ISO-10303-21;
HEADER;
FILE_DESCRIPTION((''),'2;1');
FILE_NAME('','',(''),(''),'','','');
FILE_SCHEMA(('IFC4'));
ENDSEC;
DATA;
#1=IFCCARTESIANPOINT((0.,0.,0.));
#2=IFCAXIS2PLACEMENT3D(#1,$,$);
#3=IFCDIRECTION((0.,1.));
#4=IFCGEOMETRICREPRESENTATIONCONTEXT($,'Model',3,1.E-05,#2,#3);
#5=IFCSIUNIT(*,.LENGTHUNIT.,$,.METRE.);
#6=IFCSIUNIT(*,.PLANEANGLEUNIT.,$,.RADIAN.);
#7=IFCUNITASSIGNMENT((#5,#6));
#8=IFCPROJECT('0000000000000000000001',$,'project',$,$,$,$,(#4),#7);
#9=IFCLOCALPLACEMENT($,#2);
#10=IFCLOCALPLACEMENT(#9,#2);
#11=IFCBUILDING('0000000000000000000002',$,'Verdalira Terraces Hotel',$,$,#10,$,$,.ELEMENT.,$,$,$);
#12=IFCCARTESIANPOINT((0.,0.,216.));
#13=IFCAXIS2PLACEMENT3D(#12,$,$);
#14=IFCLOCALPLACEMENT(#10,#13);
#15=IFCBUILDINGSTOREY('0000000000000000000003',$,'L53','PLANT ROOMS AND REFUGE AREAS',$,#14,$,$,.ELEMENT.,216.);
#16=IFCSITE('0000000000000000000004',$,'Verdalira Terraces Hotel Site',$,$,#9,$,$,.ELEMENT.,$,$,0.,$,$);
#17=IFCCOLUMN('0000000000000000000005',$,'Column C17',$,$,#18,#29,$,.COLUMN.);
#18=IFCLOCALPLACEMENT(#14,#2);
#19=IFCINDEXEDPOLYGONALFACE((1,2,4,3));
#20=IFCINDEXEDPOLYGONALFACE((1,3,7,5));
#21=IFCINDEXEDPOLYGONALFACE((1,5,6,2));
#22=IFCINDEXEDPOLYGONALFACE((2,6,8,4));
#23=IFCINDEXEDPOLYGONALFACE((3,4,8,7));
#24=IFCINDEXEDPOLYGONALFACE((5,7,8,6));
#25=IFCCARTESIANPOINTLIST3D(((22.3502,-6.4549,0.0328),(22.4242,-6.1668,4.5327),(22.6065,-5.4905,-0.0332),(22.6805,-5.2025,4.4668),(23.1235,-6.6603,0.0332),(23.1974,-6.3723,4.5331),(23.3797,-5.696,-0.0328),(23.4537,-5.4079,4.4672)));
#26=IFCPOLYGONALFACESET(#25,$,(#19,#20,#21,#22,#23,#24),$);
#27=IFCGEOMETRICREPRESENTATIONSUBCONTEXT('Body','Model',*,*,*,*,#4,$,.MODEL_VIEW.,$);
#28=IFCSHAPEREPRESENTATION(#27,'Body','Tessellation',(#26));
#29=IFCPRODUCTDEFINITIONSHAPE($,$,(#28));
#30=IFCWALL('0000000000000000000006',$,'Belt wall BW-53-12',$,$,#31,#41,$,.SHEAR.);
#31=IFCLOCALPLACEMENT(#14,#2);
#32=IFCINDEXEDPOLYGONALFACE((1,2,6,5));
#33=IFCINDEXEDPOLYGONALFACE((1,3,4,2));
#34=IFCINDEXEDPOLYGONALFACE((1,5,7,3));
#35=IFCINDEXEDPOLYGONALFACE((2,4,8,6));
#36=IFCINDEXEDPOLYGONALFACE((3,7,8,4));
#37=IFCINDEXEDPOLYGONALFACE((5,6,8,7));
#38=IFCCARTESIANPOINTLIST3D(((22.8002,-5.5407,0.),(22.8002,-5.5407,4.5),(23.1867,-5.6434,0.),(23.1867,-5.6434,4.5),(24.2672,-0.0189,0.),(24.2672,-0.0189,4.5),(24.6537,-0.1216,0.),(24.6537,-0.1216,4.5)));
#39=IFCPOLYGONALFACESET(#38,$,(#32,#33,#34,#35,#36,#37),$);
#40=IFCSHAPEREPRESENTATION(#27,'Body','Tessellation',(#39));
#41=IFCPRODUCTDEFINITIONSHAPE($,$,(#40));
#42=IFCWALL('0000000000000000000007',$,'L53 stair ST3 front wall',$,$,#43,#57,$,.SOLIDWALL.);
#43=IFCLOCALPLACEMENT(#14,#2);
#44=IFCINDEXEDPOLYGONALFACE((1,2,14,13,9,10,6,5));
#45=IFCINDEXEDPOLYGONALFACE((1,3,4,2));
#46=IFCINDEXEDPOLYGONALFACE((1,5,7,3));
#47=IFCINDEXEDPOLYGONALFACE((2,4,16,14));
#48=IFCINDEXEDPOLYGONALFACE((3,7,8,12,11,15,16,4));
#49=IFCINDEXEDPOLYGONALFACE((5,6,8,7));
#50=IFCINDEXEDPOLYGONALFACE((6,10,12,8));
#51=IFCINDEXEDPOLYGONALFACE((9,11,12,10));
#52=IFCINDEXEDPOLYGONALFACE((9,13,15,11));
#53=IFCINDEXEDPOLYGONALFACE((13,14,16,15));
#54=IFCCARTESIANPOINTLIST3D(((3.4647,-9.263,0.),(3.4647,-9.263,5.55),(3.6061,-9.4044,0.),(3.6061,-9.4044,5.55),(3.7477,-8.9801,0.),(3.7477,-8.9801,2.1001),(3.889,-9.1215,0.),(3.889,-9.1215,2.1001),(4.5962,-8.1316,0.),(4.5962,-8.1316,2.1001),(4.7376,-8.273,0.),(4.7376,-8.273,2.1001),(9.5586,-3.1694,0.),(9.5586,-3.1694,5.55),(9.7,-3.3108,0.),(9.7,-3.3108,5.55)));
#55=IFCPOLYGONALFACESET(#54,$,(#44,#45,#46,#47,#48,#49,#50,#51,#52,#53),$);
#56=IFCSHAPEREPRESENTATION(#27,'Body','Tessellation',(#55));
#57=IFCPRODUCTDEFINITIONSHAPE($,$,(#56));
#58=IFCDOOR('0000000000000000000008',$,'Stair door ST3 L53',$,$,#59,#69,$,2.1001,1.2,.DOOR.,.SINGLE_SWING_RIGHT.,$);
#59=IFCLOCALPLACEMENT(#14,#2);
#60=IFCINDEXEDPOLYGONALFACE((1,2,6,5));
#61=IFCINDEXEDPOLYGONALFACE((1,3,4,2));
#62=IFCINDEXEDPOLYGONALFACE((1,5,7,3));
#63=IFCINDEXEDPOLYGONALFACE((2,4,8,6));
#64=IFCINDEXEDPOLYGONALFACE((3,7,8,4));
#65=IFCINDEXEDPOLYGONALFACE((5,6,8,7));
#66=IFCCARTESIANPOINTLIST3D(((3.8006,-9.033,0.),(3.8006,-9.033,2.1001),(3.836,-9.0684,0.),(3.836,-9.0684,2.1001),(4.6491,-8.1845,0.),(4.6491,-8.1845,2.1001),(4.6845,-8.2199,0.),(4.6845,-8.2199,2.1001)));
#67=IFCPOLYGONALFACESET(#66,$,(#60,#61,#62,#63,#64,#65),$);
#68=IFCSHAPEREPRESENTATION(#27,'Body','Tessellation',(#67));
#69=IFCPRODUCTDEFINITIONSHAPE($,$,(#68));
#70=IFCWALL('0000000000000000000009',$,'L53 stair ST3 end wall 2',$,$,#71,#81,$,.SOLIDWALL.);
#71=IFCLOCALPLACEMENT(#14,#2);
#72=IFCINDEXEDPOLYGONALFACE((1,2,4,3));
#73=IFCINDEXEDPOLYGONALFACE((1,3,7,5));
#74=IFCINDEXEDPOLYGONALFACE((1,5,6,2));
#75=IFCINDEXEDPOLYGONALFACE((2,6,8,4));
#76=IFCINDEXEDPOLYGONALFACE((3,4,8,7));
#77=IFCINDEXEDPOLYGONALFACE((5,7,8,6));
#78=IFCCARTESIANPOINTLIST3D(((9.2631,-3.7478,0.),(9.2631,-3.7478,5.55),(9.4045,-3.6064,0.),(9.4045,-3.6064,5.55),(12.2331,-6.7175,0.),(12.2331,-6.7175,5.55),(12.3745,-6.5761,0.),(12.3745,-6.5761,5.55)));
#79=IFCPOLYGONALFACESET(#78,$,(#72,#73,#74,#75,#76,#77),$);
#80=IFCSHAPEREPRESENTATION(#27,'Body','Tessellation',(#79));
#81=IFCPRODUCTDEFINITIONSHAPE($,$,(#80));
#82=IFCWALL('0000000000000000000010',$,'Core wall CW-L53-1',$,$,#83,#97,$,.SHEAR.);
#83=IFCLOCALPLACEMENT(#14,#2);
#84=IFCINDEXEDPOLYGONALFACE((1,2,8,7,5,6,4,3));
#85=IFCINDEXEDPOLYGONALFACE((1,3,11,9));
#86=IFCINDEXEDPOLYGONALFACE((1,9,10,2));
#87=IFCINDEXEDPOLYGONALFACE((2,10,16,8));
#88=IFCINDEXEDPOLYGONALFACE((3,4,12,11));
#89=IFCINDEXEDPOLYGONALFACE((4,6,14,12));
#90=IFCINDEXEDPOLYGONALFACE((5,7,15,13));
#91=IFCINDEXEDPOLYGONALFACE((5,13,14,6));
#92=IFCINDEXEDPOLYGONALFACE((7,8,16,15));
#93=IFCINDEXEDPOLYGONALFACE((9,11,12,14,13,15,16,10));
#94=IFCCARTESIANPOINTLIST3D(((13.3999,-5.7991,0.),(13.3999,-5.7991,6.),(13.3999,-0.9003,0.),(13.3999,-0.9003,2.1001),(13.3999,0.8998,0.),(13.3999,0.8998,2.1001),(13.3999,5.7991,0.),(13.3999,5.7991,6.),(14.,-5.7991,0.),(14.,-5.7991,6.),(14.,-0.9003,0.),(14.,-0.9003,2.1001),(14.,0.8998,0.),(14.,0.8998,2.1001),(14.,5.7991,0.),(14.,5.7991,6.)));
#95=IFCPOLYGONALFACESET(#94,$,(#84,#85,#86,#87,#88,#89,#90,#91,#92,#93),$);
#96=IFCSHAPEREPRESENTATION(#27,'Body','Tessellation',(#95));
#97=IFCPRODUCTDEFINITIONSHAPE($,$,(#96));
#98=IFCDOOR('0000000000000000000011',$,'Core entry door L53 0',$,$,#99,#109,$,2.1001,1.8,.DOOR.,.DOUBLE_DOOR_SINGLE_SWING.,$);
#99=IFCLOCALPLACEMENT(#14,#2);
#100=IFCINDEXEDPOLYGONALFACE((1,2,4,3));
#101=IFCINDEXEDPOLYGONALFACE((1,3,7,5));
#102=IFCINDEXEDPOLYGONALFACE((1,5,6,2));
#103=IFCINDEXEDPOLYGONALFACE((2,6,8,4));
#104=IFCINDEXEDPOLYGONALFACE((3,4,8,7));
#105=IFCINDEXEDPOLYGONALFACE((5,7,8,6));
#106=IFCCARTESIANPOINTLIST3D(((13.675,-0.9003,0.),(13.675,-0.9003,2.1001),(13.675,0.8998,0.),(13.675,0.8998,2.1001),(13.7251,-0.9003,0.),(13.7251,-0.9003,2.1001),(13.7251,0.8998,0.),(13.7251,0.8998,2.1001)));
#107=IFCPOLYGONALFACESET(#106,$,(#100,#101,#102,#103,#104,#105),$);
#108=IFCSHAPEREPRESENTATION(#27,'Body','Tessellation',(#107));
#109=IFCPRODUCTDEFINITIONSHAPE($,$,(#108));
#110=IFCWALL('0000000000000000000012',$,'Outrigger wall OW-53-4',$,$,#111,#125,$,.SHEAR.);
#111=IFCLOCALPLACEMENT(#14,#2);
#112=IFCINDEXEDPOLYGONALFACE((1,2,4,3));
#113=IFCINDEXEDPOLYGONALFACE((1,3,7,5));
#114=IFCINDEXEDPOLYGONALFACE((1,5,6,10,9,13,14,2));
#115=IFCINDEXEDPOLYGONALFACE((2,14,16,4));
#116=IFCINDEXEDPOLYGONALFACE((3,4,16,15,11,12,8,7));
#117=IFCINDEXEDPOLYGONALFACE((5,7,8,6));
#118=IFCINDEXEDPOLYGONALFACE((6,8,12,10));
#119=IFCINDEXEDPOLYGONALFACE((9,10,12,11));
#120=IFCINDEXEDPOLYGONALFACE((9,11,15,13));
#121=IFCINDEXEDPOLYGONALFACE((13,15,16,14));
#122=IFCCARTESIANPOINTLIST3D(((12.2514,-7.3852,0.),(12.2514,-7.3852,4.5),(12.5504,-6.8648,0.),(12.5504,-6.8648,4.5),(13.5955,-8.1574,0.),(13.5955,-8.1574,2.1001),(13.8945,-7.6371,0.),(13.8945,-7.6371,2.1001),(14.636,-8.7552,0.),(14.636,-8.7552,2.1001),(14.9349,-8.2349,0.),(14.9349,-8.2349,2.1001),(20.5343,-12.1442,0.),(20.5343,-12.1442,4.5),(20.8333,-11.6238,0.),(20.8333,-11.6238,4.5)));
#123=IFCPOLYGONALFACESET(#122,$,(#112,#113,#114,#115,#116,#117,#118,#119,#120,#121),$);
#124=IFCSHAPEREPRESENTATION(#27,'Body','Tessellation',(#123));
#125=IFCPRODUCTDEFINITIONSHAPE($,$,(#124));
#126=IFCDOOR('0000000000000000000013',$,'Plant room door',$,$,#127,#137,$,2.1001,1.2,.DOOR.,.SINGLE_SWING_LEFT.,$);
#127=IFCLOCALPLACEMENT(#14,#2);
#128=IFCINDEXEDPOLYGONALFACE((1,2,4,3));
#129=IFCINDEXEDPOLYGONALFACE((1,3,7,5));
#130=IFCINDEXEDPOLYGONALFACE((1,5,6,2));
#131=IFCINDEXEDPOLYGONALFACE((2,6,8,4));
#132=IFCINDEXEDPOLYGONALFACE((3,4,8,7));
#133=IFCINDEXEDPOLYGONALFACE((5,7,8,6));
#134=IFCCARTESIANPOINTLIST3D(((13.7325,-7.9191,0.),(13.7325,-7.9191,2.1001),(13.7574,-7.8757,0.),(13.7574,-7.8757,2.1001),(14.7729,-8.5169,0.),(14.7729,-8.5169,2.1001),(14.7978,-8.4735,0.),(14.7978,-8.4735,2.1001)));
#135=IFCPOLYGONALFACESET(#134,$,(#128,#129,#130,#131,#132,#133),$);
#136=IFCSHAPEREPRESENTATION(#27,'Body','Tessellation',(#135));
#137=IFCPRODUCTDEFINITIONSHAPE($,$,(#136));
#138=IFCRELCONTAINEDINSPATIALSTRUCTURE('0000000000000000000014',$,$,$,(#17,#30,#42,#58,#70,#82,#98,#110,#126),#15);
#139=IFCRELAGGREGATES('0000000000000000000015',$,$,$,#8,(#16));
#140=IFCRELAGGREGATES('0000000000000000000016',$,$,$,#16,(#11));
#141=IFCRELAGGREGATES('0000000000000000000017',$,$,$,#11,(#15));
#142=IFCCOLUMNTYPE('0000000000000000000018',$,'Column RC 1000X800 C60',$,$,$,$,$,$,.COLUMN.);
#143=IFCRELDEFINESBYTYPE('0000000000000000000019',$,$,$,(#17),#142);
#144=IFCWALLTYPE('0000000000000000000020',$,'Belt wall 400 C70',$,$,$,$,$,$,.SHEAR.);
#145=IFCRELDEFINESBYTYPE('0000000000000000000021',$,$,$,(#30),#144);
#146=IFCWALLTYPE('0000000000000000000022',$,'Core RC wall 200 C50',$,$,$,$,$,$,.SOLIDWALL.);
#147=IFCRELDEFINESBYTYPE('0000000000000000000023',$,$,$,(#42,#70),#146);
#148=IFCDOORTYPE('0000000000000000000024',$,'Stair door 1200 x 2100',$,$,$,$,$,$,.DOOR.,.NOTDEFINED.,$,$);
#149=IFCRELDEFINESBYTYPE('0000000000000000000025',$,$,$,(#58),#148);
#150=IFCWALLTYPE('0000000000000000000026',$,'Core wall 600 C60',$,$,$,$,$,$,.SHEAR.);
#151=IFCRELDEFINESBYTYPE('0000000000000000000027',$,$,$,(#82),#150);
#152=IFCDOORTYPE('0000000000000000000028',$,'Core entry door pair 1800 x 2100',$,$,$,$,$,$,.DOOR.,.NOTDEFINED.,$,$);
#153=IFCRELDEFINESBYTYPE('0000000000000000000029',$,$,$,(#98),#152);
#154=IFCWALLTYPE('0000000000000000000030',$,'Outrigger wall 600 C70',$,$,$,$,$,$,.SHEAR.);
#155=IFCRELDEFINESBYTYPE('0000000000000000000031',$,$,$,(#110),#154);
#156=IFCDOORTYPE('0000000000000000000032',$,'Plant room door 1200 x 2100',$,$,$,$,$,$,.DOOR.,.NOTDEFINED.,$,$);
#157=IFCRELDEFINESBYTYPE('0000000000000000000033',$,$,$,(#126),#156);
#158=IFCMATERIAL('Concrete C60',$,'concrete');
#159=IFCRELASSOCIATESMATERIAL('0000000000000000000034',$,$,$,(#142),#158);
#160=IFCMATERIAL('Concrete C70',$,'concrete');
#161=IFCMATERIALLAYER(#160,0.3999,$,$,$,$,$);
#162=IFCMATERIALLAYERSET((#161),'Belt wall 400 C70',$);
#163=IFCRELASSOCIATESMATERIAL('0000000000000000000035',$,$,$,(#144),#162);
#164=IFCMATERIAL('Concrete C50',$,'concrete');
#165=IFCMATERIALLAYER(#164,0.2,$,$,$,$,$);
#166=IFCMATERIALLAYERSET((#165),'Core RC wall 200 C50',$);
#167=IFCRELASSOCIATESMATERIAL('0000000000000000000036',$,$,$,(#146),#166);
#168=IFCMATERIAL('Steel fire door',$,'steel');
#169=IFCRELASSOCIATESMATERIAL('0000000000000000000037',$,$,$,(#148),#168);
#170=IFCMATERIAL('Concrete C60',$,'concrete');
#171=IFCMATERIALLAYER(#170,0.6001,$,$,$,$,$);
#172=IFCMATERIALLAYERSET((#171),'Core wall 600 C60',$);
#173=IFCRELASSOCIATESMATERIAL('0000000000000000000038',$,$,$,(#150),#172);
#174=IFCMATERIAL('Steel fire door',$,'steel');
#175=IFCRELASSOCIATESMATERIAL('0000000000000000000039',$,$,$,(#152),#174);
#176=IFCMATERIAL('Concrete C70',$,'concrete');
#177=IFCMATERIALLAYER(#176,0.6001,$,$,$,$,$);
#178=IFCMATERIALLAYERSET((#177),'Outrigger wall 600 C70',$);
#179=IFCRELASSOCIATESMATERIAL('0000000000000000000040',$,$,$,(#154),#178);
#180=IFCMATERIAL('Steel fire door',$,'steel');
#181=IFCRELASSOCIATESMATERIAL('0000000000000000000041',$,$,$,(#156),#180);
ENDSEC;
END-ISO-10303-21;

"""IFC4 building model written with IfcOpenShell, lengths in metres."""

from ifc_helpers import new_model, si_unit, direction, frame, frame_2d, origin, origin_2d, place, context, subcontext, project, spatial, rectangle, extrude, material, layer, layer_set, material_profile, profile_set, type_object, element, fill, save


model = new_model("IFC4")

# Units and contexts
model_context = context("Model", 3, precision=1e-05, world=origin(), true_north=direction((0.0, 1.0)))
body_context = subcontext(model_context, "Body", "Model", "MODEL_VIEW")
ifc_project = project(units=[si_unit("LENGTHUNIT", "METRE"), si_unit("PLANEANGLEUNIT", "RADIAN")], contexts=[model_context])

# Site, building, storey
site_placement = place(None, origin())
site = spatial("IfcSite", under=ifc_project, at=site_placement, Name="Verdalira Terraces Hotel Site", CompositionType="ELEMENT", RefElevation=0.0)
building_placement = place(site_placement, origin())
building = spatial("IfcBuilding", under=site, at=building_placement, Name="Verdalira Terraces Hotel", CompositionType="ELEMENT")
storey_placement = place(building_placement, frame((0.0, 0.0, 216.0)))
storey = spatial("IfcBuildingStorey", under=building, at=storey_placement, Name="L53", Description="PLANT ROOMS AND REFUGE AREAS", CompositionType="ELEMENT", Elevation=216.0)

# Column
ifc_material_1 = material(Name="Concrete C60", Category="concrete")
ifc_material_profile_1 = material_profile(ifc_material_1, rectangle(XDim=1.0, YDim=0.8, at=origin_2d()), Name="RC 1000X800")
ifc_profile_set_1 = profile_set([ifc_material_profile_1], Name="Concrete C60")
column_type = type_object("IfcColumnType", Name="Column RC 1000X800 C60", PredefinedType="COLUMN", material=ifc_profile_set_1)
column_placement = place(storey_placement, frame((22.865, -6.0754, 0.0), z_axis=(0.016403, 0.06388, 0.997823), x_axis=(0.256292, 0.964347, -0.06595)))
element("IfcColumn", 1, at=column_placement, inside=storey, type_object=column_type, Name="Column C17", PredefinedType="COLUMN", context=body_context, shape_type="SweptSolid", body=[
    extrude(rectangle(XDim=1.0, YDim=0.8, at=origin_2d()), origin(), (0.0, 0.0, 1.0), 4.5098),
])

# Wall
ifc_material_2 = material(Name="Concrete C70", Category="concrete")
ifc_layer_1 = layer(ifc_material_2, 0.3999)
ifc_layer_set_1 = layer_set([ifc_layer_1], Name="Belt wall 400 C70")
wall_type_1 = type_object("IfcWallType", Name="Belt wall 400 C70", PredefinedType="SHEAR", material=ifc_layer_set_1)
wall_1_placement = place(storey_placement, frame((22.9934, -5.592, 0.0), z_axis=(0.0, 0.0, 1.0), x_axis=(0.256777, 0.966471, 0.0)))
element("IfcWall", 2, at=wall_1_placement, inside=storey, type_object=wall_type_1, Name="Belt wall BW-53-12", PredefinedType="SHEAR", context=body_context, shape_type="SweptSolid", body=[
    extrude(rectangle(XDim=5.7134, YDim=0.3999, at=frame_2d((2.8567, 0.0))), origin(), (0.0, 0.0, 1.0), 4.5),
])

# Wall, opening, door
ifc_material_3 = material(Name="Concrete C50", Category="concrete")
ifc_layer_2 = layer(ifc_material_3, 0.2)
ifc_layer_set_2 = layer_set([ifc_layer_2], Name="Core RC wall 200 C50")
wall_type_2 = type_object("IfcWallType", Name="Core RC wall 200 C50", PredefinedType="SOLIDWALL", material=ifc_layer_set_2)
wall_2_placement = place(storey_placement, frame((9.6294, -3.24, 0.0), z_axis=(0.0, 0.0, 1.0), x_axis=(-0.707121, -0.707093, 0.0)))
wall_2 = element("IfcWall", 3, at=wall_2_placement, inside=storey, type_object=wall_type_2, Name="L53 stair ST3 front wall", PredefinedType="SOLIDWALL", context=body_context, shape_type="SweptSolid", body=[
    extrude(rectangle(XDim=8.6179, YDim=0.2, at=frame_2d((4.3091, 0.0))), origin(), (0.0, 0.0, 1.0), 5.55),
])
opening_1_placement = place(wall_2_placement, frame((7.0178, 0.0, 0.0)))
opening_1 = element("IfcOpeningElement", 4, at=opening_1_placement, cuts=wall_2, PredefinedType="OPENING", context=body_context, shape_type="SweptSolid", body=[
    extrude(rectangle(XDim=1.2, YDim=2.1001, at=frame_2d((0.6001, 1.05))), frame((0.0, 0.1099, 0.0), z_axis=(0.0, -1.0, 0.0), x_axis=(1.0, 0.0, 0.0)), (0.0, 0.0, 1.0), 0.22),
])
ifc_material_4 = material(Name="Steel fire door", Category="steel")
door_type_1 = type_object("IfcDoorType", Name="Stair door 1200 x 2100", OperationType="NOTDEFINED", PredefinedType="DOOR", material=ifc_material_4)
door_1_placement = place(opening_1_placement, origin())
door_1 = element("IfcDoor", 5, at=door_1_placement, inside=storey, type_object=door_type_1, Name="Stair door ST3 L53", OperationType="SINGLE_SWING_RIGHT", OverallHeight=2.1001, OverallWidth=1.2, PredefinedType="DOOR", context=body_context, shape_type="SweptSolid", body=[
    extrude(rectangle(XDim=1.2, YDim=2.1001, at=frame_2d((0.6001, 1.05))), frame((0.0, 0.0249, 0.0), z_axis=(0.0, -1.0, 0.0), x_axis=(1.0, 0.0, 0.0)), (0.0, 0.0, 1.0), 0.05),
])
fill(opening_1, door_1)

# Wall
wall_3_placement = place(storey_placement, frame((9.3337, -3.677, 0.0), z_axis=(0.0, 0.0, 1.0), x_axis=(0.707136, -0.707078, 0.0)))
element("IfcWall", 6, at=wall_3_placement, inside=storey, type_object=wall_type_2, Name="L53 stair ST3 end wall 2", PredefinedType="SOLIDWALL", context=body_context, shape_type="SweptSolid", body=[
    extrude(rectangle(XDim=4.2, YDim=0.2, at=frame_2d((2.1001, 0.0))), origin(), (0.0, 0.0, 1.0), 5.55),
])

# Walls, openings, doors
ifc_material_5 = material(Name="Concrete C60", Category="concrete")
ifc_layer_3 = layer(ifc_material_5, 0.6001)
ifc_layer_set_3 = layer_set([ifc_layer_3], Name="Core wall 600 C60")
wall_type_3 = type_object("IfcWallType", Name="Core wall 600 C60", PredefinedType="SHEAR", material=ifc_layer_set_3)
wall_4_placement = place(storey_placement, frame((13.7, -5.7991, 0.0), z_axis=(0.0, 0.0, 1.0), x_axis=(0.0, 1.0, 0.0)))
wall_4 = element("IfcWall", 7, at=wall_4_placement, inside=storey, type_object=wall_type_3, Name="Core wall CW-L53-1", PredefinedType="SHEAR", context=body_context, shape_type="SweptSolid", body=[
    extrude(rectangle(XDim=11.5981, YDim=0.6001, at=frame_2d((5.7991, 0.0))), origin(), (0.0, 0.0, 1.0), 6.0),
])
opening_2_placement = place(wall_4_placement, frame((4.8989, 0.0, 0.0)))
opening_2 = element("IfcOpeningElement", 8, at=opening_2_placement, cuts=wall_4, PredefinedType="OPENING", context=body_context, shape_type="SweptSolid", body=[
    extrude(rectangle(XDim=1.8, YDim=2.1001, at=frame_2d((0.8999, 1.05))), frame((0.0, 0.3101, 0.0), z_axis=(0.0, -1.0, 0.0), x_axis=(1.0, 0.0, 0.0)), (0.0, 0.0, 1.0), 0.6201),
])
ifc_material_6 = material(Name="Steel fire door", Category="steel")
door_type_2 = type_object("IfcDoorType", Name="Core entry door pair 1800 x 2100", OperationType="NOTDEFINED", PredefinedType="DOOR", material=ifc_material_6)
door_2_placement = place(opening_2_placement, origin())
door_2 = element("IfcDoor", 9, at=door_2_placement, inside=storey, type_object=door_type_2, Name="Core entry door L53 0", OperationType="DOUBLE_DOOR_SINGLE_SWING", OverallHeight=2.1001, OverallWidth=1.8, PredefinedType="DOOR", context=body_context, shape_type="SweptSolid", body=[
    extrude(rectangle(XDim=1.8, YDim=2.1001, at=frame_2d((0.8999, 1.05))), frame((0.0, 0.0249, 0.0), z_axis=(0.0, -1.0, 0.0), x_axis=(1.0, 0.0, 0.0)), (0.0, 0.0, 1.0), 0.05),
])
fill(opening_2, door_2)
ifc_material_7 = material(Name="Concrete C70", Category="concrete")
ifc_layer_4 = layer(ifc_material_7, 0.6001)
ifc_layer_set_4 = layer_set([ifc_layer_4], Name="Outrigger wall 600 C70")
wall_type_4 = type_object("IfcWallType", Name="Outrigger wall 600 C70", PredefinedType="SHEAR", material=ifc_layer_set_4)
wall_5_placement = place(storey_placement, frame((12.4009, -7.125, 0.0), z_axis=(0.0, 0.0, 1.0), x_axis=(0.867072, -0.498183, 0.0)))
wall_5 = element("IfcWall", 10, at=wall_5_placement, inside=storey, type_object=wall_type_4, Name="Outrigger wall OW-53-4", PredefinedType="SHEAR", context=body_context, shape_type="SweptSolid", body=[
    extrude(rectangle(XDim=9.5527, YDim=0.6001, at=frame_2d((4.7764, 0.0))), origin(), (0.0, 0.0, 1.0), 4.5),
])
opening_3_placement = place(wall_5_placement, frame((1.55, 0.0, 0.0)))
opening_3 = element("IfcOpeningElement", 11, at=opening_3_placement, cuts=wall_5, PredefinedType="OPENING", context=body_context, shape_type="SweptSolid", body=[
    extrude(rectangle(XDim=1.2, YDim=2.1001, at=frame_2d((0.6001, 1.05))), frame((0.0, 0.3101, 0.0), z_axis=(0.0, -1.0, 0.0), x_axis=(1.0, 0.0, 0.0)), (0.0, 0.0, 1.0), 0.6201),
])
ifc_material_8 = material(Name="Steel fire door", Category="steel")
door_type_3 = type_object("IfcDoorType", Name="Plant room door 1200 x 2100", OperationType="NOTDEFINED", PredefinedType="DOOR", material=ifc_material_8)
door_3_placement = place(opening_3_placement, origin())
door_3 = element("IfcDoor", 12, at=door_3_placement, inside=storey, type_object=door_type_3, Name="Plant room door", OperationType="SINGLE_SWING_LEFT", OverallHeight=2.1001, OverallWidth=1.2, PredefinedType="DOOR", context=body_context, shape_type="SweptSolid", body=[
    extrude(rectangle(XDim=1.2, YDim=2.1001, at=frame_2d((0.6001, 1.05))), frame((0.0, 0.0249, 0.0), z_axis=(0.0, -1.0, 0.0), x_axis=(1.0, 0.0, 0.0)), (0.0, 0.0, 1.0), 0.05),
])
fill(opening_3, door_3)

save(model, "model.ifc")
